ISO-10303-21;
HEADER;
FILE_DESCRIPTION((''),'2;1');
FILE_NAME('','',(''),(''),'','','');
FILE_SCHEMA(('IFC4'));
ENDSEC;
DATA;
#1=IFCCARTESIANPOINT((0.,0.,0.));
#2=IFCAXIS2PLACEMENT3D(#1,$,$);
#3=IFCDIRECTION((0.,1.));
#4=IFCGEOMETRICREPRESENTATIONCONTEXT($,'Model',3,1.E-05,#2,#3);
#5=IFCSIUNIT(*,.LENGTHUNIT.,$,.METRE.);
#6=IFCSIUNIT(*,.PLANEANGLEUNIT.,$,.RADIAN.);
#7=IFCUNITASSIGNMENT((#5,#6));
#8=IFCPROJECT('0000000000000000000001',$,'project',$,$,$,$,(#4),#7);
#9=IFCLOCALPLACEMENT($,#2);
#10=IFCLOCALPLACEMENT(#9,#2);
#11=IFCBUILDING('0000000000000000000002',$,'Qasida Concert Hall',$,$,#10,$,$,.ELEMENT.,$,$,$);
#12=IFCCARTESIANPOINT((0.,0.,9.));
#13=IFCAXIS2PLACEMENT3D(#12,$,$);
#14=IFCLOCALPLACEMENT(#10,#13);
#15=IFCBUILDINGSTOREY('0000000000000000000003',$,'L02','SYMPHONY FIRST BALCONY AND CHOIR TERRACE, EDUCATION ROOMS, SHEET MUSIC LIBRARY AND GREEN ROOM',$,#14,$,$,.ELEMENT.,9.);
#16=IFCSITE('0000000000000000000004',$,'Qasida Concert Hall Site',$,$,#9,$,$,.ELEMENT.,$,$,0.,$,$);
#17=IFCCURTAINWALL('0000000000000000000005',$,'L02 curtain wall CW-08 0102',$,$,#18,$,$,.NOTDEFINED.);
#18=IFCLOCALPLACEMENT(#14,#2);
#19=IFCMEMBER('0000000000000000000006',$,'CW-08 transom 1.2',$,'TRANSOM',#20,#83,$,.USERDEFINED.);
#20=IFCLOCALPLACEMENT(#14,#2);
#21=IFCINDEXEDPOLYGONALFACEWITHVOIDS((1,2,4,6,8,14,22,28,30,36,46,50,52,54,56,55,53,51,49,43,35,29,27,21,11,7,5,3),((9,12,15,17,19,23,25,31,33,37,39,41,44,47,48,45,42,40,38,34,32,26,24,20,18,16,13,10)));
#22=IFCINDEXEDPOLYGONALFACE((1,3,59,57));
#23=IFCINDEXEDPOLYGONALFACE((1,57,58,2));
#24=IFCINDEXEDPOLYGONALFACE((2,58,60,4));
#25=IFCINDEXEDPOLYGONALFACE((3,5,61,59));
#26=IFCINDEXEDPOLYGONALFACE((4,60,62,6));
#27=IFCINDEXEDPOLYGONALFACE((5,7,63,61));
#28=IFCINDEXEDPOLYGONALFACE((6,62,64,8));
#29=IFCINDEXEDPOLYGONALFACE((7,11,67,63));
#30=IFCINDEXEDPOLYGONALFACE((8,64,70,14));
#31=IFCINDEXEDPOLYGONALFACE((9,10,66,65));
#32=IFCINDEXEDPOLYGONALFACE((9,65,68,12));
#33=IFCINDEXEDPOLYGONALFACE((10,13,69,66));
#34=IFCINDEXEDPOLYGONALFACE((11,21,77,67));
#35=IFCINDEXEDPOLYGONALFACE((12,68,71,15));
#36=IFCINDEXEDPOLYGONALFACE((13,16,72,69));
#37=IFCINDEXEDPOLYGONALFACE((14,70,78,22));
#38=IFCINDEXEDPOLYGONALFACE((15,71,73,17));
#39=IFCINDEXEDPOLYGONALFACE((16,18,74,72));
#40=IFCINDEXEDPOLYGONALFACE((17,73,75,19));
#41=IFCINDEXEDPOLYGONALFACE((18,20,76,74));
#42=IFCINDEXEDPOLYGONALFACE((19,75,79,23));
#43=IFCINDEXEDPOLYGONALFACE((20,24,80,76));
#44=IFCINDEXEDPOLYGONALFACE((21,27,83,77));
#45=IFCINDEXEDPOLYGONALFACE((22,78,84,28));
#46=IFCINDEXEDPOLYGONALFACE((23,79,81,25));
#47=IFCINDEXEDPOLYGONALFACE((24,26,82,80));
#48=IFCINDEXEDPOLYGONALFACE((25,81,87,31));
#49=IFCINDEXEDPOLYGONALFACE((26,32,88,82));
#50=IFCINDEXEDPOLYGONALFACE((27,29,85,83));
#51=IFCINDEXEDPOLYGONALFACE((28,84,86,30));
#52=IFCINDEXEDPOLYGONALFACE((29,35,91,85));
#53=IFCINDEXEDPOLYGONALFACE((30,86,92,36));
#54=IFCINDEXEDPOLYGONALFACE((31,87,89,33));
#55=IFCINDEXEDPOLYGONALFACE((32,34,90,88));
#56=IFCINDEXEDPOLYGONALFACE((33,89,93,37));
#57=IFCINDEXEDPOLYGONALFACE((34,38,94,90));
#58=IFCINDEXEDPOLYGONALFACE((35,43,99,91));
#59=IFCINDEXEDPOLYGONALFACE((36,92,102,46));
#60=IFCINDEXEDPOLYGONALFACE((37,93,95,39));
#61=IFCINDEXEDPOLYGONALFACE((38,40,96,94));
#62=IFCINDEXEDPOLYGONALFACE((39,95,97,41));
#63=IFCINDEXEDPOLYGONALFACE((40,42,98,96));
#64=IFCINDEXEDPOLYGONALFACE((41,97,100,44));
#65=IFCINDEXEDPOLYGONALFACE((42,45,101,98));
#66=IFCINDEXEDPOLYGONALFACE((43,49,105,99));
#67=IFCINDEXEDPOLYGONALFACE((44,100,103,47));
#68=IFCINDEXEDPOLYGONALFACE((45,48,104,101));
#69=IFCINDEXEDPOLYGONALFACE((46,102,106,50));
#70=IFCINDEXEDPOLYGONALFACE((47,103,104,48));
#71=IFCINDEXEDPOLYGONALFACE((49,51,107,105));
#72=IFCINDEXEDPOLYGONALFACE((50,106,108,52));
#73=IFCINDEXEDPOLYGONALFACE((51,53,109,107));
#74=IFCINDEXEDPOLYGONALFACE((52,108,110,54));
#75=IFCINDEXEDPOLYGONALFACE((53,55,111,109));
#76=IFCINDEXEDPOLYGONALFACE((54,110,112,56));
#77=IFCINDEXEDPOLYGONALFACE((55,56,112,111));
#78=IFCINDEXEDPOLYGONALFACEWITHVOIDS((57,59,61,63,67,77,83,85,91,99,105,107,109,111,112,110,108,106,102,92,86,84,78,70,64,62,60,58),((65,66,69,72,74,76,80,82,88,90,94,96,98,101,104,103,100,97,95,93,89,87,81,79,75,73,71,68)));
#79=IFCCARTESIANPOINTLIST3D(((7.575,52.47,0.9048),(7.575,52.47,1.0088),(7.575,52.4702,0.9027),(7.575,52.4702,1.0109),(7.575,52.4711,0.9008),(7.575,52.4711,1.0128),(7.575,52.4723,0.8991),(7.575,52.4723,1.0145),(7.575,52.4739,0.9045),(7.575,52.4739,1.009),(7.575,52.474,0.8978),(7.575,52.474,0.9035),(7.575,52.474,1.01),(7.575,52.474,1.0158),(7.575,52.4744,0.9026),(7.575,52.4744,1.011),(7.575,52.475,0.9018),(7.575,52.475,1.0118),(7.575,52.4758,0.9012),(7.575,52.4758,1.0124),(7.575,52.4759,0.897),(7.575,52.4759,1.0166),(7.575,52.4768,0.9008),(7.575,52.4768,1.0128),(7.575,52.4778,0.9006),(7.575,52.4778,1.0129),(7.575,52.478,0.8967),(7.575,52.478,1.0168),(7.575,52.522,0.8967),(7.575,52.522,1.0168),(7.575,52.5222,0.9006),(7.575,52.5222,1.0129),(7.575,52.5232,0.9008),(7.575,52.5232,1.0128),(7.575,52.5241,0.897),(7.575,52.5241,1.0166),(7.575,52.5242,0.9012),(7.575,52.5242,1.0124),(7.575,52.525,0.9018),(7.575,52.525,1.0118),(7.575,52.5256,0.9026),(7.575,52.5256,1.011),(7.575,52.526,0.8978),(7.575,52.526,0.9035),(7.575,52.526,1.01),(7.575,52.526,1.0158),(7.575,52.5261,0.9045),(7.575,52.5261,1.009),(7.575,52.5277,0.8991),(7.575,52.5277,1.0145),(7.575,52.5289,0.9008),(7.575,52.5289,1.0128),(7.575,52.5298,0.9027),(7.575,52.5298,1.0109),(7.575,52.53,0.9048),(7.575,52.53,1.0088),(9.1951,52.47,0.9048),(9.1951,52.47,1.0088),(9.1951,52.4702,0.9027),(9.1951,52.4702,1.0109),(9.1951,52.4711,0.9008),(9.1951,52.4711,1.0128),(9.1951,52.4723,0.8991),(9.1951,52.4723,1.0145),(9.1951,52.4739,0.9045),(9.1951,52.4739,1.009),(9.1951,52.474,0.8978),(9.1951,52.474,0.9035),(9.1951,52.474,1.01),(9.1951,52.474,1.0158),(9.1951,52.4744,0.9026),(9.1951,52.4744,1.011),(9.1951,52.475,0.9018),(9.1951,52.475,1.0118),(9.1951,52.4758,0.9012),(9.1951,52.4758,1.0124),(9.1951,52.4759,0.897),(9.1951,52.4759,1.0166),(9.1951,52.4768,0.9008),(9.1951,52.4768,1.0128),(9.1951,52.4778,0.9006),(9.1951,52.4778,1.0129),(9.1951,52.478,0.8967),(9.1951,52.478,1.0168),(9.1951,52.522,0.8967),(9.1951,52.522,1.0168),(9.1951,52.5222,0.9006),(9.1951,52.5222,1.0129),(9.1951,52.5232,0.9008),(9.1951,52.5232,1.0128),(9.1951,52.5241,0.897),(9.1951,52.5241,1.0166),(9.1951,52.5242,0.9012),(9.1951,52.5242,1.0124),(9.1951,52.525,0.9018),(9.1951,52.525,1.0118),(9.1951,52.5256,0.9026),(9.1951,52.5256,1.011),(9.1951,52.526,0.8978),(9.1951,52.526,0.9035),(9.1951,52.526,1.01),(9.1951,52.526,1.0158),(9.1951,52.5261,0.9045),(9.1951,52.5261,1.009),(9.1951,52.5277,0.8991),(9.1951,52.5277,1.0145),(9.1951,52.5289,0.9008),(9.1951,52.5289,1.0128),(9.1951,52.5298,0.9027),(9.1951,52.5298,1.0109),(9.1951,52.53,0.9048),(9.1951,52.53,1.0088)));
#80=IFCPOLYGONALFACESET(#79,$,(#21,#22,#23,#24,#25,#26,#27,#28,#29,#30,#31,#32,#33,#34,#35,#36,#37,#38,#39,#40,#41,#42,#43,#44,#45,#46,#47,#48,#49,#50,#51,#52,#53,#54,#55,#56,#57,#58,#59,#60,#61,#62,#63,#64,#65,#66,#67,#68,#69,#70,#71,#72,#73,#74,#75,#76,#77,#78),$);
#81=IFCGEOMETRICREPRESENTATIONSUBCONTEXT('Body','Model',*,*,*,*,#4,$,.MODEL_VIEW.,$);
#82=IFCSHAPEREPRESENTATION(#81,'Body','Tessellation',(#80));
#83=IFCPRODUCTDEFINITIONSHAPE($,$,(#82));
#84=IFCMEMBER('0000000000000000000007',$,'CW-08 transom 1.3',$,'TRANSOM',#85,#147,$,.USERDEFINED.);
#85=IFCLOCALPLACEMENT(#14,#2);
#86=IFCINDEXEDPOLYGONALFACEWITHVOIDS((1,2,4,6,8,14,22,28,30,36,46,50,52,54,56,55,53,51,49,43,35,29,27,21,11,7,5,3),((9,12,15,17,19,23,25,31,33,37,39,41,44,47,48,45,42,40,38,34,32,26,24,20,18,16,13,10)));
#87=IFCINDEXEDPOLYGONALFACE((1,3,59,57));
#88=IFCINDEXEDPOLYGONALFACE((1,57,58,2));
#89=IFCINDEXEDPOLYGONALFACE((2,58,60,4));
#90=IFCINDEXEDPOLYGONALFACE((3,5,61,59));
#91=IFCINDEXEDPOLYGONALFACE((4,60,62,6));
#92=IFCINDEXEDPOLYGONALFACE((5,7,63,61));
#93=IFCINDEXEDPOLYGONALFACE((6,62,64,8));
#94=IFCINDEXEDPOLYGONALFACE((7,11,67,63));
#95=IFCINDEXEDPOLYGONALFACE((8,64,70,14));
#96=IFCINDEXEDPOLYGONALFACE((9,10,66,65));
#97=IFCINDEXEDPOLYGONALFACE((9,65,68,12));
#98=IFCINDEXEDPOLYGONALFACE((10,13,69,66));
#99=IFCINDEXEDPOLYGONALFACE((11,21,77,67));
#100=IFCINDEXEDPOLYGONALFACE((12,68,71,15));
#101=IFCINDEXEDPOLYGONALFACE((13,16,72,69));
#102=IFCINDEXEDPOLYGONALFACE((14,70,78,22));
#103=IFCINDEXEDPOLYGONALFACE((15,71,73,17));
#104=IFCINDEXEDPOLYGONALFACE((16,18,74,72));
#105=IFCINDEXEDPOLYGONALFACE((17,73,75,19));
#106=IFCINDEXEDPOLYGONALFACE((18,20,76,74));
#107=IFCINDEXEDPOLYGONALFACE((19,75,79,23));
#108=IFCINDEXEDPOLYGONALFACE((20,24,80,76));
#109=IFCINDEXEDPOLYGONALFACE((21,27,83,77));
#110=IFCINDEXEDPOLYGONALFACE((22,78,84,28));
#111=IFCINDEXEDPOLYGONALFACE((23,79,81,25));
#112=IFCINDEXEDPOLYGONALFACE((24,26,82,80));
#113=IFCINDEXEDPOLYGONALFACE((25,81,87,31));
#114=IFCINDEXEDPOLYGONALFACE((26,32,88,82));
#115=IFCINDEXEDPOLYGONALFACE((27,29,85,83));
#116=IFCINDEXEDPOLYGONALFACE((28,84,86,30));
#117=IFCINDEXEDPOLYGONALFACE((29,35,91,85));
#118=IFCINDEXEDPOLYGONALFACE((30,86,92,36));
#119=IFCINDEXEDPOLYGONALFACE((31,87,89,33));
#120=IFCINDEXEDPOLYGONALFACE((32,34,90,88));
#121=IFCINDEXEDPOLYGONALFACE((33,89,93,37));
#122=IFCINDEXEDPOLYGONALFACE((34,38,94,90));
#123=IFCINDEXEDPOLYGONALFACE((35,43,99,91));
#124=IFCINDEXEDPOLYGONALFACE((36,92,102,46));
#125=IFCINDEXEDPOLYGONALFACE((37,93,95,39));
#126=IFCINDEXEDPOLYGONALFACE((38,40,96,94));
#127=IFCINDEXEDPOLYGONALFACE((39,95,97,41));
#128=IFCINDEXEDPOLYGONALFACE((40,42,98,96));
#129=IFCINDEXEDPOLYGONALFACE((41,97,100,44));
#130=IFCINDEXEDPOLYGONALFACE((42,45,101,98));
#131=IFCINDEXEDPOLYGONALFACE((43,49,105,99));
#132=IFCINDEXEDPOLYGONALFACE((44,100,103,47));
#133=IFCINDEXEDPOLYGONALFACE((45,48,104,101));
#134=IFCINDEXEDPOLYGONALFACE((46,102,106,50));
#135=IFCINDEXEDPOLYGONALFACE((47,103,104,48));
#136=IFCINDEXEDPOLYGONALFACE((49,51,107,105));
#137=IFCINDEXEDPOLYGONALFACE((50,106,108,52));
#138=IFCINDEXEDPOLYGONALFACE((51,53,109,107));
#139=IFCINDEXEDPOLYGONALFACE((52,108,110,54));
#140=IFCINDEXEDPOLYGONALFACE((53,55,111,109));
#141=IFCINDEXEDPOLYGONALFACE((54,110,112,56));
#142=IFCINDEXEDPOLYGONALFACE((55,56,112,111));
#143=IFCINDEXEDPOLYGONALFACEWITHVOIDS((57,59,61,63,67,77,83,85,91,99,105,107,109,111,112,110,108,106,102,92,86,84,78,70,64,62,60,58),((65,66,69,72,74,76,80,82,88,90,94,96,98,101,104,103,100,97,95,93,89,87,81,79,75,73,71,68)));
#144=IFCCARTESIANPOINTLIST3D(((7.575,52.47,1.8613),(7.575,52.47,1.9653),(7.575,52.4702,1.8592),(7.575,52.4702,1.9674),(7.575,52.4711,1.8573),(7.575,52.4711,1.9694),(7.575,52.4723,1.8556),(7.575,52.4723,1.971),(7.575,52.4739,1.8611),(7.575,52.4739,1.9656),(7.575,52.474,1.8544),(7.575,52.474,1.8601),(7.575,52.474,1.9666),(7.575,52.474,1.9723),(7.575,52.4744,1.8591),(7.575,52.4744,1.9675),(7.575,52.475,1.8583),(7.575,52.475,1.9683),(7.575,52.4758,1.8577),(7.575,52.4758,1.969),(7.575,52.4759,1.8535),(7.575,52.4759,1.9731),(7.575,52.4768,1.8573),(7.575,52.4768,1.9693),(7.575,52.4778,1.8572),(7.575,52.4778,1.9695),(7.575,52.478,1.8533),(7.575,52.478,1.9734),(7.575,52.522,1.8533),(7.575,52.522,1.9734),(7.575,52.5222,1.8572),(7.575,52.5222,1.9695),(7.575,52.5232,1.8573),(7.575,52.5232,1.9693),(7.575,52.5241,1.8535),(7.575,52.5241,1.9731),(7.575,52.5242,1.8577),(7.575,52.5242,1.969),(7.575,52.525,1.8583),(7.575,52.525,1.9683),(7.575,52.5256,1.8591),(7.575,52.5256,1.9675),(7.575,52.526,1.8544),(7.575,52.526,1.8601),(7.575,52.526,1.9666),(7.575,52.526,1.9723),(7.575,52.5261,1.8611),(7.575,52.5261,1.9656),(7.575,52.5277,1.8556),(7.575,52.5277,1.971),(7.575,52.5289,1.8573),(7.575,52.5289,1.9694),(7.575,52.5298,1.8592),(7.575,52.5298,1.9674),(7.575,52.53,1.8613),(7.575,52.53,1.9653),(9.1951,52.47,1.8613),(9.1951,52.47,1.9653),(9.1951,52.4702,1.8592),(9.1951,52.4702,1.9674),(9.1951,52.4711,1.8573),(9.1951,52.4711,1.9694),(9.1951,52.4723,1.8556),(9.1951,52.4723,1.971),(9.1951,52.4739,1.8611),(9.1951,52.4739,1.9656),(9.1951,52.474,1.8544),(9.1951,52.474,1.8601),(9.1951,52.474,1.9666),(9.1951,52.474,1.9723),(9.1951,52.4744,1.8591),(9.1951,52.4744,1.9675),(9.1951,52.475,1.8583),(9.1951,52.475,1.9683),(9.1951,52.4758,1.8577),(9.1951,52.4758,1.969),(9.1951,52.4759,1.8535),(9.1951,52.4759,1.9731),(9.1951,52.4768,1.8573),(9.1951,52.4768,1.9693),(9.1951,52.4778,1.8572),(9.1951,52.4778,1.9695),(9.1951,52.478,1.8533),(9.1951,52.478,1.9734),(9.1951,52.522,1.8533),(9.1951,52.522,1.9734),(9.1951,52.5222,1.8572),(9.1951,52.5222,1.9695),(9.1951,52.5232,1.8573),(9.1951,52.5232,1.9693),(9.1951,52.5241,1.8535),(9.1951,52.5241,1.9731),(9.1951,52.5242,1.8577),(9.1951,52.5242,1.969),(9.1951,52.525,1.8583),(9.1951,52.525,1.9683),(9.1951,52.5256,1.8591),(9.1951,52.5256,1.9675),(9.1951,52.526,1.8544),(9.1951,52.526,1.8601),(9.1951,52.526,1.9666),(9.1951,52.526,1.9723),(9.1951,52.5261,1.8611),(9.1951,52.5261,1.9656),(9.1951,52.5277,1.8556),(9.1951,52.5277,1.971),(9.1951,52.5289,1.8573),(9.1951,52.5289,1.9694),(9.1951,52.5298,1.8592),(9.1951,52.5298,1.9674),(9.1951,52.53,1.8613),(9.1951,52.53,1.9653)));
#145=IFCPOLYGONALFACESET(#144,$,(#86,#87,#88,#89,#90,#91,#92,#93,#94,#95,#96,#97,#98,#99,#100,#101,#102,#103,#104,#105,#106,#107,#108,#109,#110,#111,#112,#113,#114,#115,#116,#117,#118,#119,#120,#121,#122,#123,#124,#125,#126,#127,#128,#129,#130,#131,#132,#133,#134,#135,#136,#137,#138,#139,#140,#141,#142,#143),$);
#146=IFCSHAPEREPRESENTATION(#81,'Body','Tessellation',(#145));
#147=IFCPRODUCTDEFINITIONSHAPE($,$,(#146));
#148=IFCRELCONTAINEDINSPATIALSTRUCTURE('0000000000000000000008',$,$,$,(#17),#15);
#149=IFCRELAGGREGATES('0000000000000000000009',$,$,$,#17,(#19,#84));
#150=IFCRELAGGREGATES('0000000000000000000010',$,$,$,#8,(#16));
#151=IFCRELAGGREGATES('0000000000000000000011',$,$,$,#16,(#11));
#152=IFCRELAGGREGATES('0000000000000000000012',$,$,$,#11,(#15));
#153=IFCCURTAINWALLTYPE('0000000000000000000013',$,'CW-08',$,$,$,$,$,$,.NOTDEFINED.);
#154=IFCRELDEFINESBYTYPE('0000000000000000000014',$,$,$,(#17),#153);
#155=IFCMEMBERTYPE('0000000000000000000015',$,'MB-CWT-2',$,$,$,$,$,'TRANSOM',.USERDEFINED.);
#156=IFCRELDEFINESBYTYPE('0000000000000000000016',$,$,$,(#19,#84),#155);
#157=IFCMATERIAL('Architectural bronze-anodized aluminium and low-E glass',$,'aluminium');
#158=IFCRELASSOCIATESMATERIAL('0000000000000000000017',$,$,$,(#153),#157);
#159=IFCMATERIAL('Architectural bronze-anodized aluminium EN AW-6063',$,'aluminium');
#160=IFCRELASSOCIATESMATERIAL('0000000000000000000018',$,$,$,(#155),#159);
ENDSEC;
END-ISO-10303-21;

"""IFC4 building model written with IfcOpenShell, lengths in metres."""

from ifc_helpers import new_model, si_unit, direction, frame, origin, origin_2d, place, context, subcontext, project, spatial, hollow_rectangle, extrude, material, material_profile, profile_set, type_object, element, aggregate, save


model = new_model("IFC4")

# Units and contexts
model_context = context("Model", 3, precision=1e-05, world=origin(), true_north=direction((0.0, 1.0)))
body_context = subcontext(model_context, "Body", "Model", "MODEL_VIEW")
ifc_project = project(units=[si_unit("LENGTHUNIT", "METRE"), si_unit("PLANEANGLEUNIT", "RADIAN")], contexts=[model_context])

# Site, building, storey
site_placement = place(None, origin())
site = spatial("IfcSite", under=ifc_project, at=site_placement, Name="Qasida Concert Hall Site", CompositionType="ELEMENT", RefElevation=0.0)
building_placement = place(site_placement, origin())
building = spatial("IfcBuilding", under=site, at=building_placement, Name="Qasida Concert Hall", CompositionType="ELEMENT")
storey_placement = place(building_placement, frame((0.0, 0.0, 9.0)))
storey = spatial("IfcBuildingStorey", under=building, at=storey_placement, Name="L02", Description="SYMPHONY FIRST BALCONY AND CHOIR TERRACE, EDUCATION ROOMS, SHEET MUSIC LIBRARY AND GREEN ROOM", CompositionType="ELEMENT", Elevation=9.0)

# Shared definitions
ifc_material_1 = material(Name="Architectural bronze-anodized aluminium and low-E glass", Category="aluminium")
curtain_wall_type = type_object("IfcCurtainWallType", Name="CW-08", PredefinedType="NOTDEFINED", material=ifc_material_1)
ifc_material_2 = material(Name="Architectural bronze-anodized aluminium EN AW-6063", Category="aluminium")

# Curtain wall
curtain_wall_1_placement = place(storey_placement, origin())
curtain_wall_1 = element("IfcCurtainWall", 1, at=curtain_wall_1_placement, inside=storey, type_object=curtain_wall_type, Name="L02 curtain wall CW-08 0102", PredefinedType="NOTDEFINED")

# Members
ifc_material_profile_1 = material_profile(ifc_material_2, hollow_rectangle(XDim=0.0601, YDim=0.1201, WallThickness=0.0039, InnerFilletRadius=0.0039, OuterFilletRadius=0.0081, at=origin_2d()), Name="CWT 120x60x4")
ifc_profile_set_1 = profile_set([ifc_material_profile_1], Name="Architectural bronze-anodized aluminium EN AW-6063")
member_type_1 = type_object("IfcMemberType", Name="MB-CWT-2", ElementType="TRANSOM", PredefinedType="USERDEFINED", material=ifc_profile_set_1)
member_1_placement = place(storey_placement, frame((7.575, 52.5, 0.9568), z_axis=(1.0, 0.0, 0.0), x_axis=(0.0, 1.0, 0.0)))
member_1 = element("IfcMember", 2, at=member_1_placement, type_object=member_type_1, Name="CW-08 transom 1.2", ObjectType="TRANSOM", PredefinedType="USERDEFINED", context=body_context, shape_type="SweptSolid", body=[
    extrude(hollow_rectangle(XDim=0.0601, YDim=0.1201, WallThickness=0.0039, InnerFilletRadius=0.0039, OuterFilletRadius=0.0081, at=origin_2d()), origin(), (0.0, 0.0, 1.0), 1.6201),
])
member_2_placement = place(storey_placement, frame((7.575, 52.5, 1.9133), z_axis=(1.0, 0.0, 0.0), x_axis=(0.0, 1.0, 0.0)))
member_2 = element("IfcMember", 3, at=member_2_placement, type_object=member_type_1, Name="CW-08 transom 1.3", ObjectType="TRANSOM", PredefinedType="USERDEFINED", context=body_context, shape_type="SweptSolid", body=[
    extrude(hollow_rectangle(XDim=0.0601, YDim=0.1201, WallThickness=0.0039, InnerFilletRadius=0.0039, OuterFilletRadius=0.0081, at=origin_2d()), origin(), (0.0, 0.0, 1.0), 1.6201),
])

aggregate(curtain_wall_1, [member_1, member_2])

save(model, "model.ifc")
